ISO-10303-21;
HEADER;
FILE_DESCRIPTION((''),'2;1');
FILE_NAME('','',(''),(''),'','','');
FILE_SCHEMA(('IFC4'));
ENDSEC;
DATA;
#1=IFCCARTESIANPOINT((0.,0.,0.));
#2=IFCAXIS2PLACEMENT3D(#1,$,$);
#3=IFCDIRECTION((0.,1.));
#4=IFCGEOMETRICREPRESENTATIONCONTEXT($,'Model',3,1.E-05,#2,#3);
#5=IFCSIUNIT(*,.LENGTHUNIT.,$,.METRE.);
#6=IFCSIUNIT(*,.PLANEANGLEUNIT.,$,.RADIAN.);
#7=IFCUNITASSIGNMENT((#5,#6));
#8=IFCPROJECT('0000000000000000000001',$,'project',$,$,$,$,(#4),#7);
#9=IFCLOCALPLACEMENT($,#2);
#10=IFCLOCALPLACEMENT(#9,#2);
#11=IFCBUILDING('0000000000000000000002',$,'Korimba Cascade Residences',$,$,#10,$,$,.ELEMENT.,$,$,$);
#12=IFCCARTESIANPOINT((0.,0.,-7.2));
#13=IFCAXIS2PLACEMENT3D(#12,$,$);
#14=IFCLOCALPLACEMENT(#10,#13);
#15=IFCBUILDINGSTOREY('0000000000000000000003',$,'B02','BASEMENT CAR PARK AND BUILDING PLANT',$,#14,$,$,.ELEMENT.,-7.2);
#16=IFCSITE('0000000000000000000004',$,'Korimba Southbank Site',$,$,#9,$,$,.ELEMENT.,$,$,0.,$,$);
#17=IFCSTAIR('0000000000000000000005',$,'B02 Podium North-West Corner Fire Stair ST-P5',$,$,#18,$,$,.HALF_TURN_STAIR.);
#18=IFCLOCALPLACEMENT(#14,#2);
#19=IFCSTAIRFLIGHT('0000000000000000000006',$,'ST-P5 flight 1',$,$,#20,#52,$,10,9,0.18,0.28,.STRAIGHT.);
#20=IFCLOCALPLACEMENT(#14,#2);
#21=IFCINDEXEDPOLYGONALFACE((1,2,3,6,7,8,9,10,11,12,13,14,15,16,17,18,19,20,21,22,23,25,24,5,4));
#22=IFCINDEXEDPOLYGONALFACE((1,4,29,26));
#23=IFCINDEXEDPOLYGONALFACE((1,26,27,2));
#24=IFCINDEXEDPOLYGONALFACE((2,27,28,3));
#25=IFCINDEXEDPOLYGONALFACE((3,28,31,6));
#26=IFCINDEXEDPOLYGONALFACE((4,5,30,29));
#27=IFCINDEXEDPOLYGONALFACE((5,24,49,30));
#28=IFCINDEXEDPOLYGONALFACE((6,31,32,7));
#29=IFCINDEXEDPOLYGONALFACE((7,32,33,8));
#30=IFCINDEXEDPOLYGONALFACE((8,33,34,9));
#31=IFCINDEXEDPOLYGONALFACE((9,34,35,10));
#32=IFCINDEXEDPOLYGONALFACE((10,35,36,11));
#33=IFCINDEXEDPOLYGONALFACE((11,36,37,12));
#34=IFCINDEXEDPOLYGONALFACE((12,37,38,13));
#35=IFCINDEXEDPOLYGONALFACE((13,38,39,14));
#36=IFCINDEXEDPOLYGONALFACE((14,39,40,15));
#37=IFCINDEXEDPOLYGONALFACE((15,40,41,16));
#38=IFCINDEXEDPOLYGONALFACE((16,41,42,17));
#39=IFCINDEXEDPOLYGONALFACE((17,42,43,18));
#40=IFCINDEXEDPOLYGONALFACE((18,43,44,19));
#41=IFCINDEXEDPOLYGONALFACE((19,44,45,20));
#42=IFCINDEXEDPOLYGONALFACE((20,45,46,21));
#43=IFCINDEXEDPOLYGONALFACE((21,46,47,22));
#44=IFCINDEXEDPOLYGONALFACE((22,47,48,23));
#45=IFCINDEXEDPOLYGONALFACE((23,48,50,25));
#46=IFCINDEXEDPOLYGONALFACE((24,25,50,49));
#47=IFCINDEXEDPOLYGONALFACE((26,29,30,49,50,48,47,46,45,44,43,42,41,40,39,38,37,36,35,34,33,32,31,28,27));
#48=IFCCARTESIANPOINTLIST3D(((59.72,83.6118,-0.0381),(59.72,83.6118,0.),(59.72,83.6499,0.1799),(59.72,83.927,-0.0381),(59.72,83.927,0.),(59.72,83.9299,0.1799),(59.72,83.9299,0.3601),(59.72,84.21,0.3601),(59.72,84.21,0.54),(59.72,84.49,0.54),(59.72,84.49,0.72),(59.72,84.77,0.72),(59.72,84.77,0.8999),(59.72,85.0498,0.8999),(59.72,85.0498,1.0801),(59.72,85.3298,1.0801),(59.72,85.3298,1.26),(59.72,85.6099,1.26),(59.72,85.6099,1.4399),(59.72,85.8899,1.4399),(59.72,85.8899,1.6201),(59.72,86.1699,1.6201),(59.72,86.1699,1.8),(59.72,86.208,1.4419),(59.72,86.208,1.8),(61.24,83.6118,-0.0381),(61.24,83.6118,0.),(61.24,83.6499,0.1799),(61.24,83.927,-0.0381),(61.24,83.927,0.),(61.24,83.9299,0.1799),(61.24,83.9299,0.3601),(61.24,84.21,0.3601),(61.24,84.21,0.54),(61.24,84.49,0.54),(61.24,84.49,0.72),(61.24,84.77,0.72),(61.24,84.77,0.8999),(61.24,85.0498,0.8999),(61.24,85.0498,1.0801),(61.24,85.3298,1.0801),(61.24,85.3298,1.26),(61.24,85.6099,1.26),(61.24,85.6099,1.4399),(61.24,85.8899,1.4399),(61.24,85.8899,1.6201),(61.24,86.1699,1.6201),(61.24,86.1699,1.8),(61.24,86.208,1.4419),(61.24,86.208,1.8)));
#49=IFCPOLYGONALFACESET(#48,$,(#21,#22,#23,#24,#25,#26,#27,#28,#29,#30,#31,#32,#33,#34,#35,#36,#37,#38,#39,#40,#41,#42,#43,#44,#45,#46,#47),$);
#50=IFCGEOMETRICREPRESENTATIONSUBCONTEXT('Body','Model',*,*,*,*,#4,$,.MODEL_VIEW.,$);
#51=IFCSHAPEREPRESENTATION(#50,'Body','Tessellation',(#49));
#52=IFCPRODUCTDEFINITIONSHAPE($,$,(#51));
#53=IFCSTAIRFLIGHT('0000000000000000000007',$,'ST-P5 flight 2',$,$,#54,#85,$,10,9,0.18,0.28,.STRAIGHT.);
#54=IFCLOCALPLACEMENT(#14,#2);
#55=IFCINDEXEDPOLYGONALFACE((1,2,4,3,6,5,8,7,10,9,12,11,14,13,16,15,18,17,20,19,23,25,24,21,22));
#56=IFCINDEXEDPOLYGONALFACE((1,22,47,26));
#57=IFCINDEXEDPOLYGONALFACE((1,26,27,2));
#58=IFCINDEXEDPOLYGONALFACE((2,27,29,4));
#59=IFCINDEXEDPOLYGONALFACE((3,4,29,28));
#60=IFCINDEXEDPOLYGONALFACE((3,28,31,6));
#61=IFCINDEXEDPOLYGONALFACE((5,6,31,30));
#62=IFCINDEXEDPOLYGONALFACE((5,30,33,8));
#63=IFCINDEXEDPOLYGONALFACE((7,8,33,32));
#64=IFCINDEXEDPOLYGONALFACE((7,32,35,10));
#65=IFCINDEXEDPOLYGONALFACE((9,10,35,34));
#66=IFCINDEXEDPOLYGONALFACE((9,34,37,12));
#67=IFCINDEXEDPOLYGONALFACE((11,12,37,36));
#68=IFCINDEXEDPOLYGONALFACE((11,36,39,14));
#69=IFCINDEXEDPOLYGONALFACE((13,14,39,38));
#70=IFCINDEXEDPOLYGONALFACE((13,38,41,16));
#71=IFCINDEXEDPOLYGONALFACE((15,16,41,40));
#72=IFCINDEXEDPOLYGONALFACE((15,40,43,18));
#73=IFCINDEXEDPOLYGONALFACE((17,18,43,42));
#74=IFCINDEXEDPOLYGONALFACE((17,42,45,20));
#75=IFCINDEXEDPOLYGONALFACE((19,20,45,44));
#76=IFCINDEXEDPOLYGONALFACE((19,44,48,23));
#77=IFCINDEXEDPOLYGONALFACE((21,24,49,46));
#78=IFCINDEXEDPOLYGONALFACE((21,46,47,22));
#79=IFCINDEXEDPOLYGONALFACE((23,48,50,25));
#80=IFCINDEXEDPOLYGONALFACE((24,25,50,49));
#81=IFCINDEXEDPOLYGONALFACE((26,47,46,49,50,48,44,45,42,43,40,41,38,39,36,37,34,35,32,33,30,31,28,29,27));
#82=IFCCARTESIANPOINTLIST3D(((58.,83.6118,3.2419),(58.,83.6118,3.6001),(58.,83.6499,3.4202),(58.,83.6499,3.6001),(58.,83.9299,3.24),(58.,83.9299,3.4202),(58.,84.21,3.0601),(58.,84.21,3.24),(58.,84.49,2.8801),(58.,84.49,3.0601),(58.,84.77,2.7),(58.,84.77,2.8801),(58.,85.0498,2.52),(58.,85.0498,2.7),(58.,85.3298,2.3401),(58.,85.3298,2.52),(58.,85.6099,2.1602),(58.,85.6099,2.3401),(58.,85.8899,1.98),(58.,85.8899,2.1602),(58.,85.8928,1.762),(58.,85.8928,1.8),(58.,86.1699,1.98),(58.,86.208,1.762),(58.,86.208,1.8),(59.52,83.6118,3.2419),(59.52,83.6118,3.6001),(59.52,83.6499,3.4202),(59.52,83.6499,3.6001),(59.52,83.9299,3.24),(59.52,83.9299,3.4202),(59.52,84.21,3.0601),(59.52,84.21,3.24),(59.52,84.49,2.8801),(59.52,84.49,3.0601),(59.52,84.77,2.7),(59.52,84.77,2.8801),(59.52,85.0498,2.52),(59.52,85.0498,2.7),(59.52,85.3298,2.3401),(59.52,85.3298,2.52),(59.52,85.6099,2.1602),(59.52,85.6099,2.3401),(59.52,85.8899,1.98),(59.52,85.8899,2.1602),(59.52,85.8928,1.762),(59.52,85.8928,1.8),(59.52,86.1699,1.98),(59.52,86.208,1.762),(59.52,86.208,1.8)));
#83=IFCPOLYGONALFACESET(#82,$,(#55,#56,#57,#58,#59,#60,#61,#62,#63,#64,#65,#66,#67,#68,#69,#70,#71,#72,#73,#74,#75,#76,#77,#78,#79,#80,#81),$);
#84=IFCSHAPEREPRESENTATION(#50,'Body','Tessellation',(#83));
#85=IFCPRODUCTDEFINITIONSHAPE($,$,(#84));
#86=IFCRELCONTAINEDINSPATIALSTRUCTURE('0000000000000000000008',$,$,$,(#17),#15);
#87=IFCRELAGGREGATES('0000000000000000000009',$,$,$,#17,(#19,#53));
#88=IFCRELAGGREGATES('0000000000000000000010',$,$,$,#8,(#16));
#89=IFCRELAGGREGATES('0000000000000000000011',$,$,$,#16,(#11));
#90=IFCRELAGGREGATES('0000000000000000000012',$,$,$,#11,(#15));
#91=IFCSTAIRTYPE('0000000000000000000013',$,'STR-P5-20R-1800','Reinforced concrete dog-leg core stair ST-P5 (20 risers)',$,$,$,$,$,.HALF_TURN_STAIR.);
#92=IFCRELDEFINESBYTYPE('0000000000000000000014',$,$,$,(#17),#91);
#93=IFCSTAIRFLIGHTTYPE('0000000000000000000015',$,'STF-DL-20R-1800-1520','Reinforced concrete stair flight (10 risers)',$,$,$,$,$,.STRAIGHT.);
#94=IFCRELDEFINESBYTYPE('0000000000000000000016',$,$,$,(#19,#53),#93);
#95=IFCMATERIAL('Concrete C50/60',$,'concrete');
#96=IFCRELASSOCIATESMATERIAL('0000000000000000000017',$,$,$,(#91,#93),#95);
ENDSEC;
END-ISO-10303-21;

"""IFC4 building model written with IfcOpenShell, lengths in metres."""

from ifc_helpers import new_model, si_unit, direction, frame, origin, place, context, subcontext, project, spatial, polyline, outline, extrude, material, type_object, element, aggregate, save


model = new_model("IFC4")

# Units and contexts
model_context = context("Model", 3, precision=1e-05, world=origin(), true_north=direction((0.0, 1.0)))
body_context = subcontext(model_context, "Body", "Model", "MODEL_VIEW")
ifc_project = project(units=[si_unit("LENGTHUNIT", "METRE"), si_unit("PLANEANGLEUNIT", "RADIAN")], contexts=[model_context])

# Site, building, storey
site_placement = place(None, origin())
site = spatial("IfcSite", under=ifc_project, at=site_placement, Name="Korimba Southbank Site", CompositionType="ELEMENT", RefElevation=0.0)
building_placement = place(site_placement, origin())
building = spatial("IfcBuilding", under=site, at=building_placement, Name="Korimba Cascade Residences", CompositionType="ELEMENT")
storey_placement = place(building_placement, frame((0.0, 0.0, -7.2)))
storey = spatial("IfcBuildingStorey", under=building, at=storey_placement, Name="B02", Description="BASEMENT CAR PARK AND BUILDING PLANT", CompositionType="ELEMENT", Elevation=-7.2)

# Shared definitions
ifc_material_1 = material(Name="Concrete C50/60", Category="concrete")

# Stair, stair flights
stair_type = type_object("IfcStairType", Name="STR-P5-20R-1800", Description="Reinforced concrete dog-leg core stair ST-P5 (20 risers)", PredefinedType="HALF_TURN_STAIR", material=ifc_material_1)
stair_placement = place(storey_placement, origin())
stair = element("IfcStair", 1, at=stair_placement, inside=storey, type_object=stair_type, Name="B02 Podium North-West Corner Fire Stair ST-P5", PredefinedType="HALF_TURN_STAIR")
stair_flight_type = type_object("IfcStairFlightType", Name="STF-DL-20R-1800-1520", Description="Reinforced concrete stair flight (10 risers)", PredefinedType="STRAIGHT", material=ifc_material_1)
stair_flight_1_placement = place(storey_placement, frame((60.48, 83.6499, 0.0), z_axis=(0.0, 0.0, 1.0), x_axis=(0.0, 1.0, 0.0)))
stair_flight_1 = element("IfcStairFlight", 2, at=stair_flight_1_placement, type_object=stair_flight_type, Name="ST-P5 flight 1", NumberOfRisers=10, NumberOfTreads=9, PredefinedType="STRAIGHT", RiserHeight=0.18, TreadLength=0.28, context=body_context, shape_type="SweptSolid", body=[
    extrude(outline(polyline([(-0.0381, 0.0), (0.0, 0.1799), (0.28, 0.1799), (0.28, 0.3601), (0.5601, 0.3601), (0.5601, 0.54), (0.8401, 0.54), (0.8401, 0.72), (1.1201, 0.72), (1.1201, 0.8999), (1.3999, 0.8999), (1.3999, 1.0801), (1.6799, 1.0801), (1.6799, 1.26), (1.96, 1.26), (1.96, 1.4399), (2.24, 1.4399), (2.24, 1.6201), (2.52, 1.6201), (2.52, 1.8), (2.5581, 1.8), (2.5581, 1.4419), (0.2771, 0.0), (0.2771, -0.0381), (-0.0381, -0.0381), (-0.0381, 0.0)])), frame((0.0, 0.76, 0.0), z_axis=(0.0, -1.0, 0.0), x_axis=(1.0, 0.0, 0.0)), (0.0, 0.0, 1.0), 1.52),
])
stair_flight_2_placement = place(storey_placement, frame((58.76, 86.1699, 1.8), z_axis=(0.0, 0.0, 1.0), x_axis=(0.0, -1.0, 0.0)))
stair_flight_2 = element("IfcStairFlight", 3, at=stair_flight_2_placement, type_object=stair_flight_type, Name="ST-P5 flight 2", NumberOfRisers=10, NumberOfTreads=9, PredefinedType="STRAIGHT", RiserHeight=0.18, TreadLength=0.28, context=body_context, shape_type="SweptSolid", body=[
    extrude(outline(polyline([(-0.0381, 0.0), (0.0, 0.1799), (0.28, 0.1799), (0.28, 0.3601), (0.5601, 0.3601), (0.5601, 0.54), (0.8401, 0.54), (0.8401, 0.72), (1.1201, 0.72), (1.1201, 0.8999), (1.3999, 0.8999), (1.3999, 1.0801), (1.6799, 1.0801), (1.6799, 1.26), (1.96, 1.26), (1.96, 1.4399), (2.24, 1.4399), (2.24, 1.6201), (2.52, 1.6201), (2.52, 1.8), (2.5581, 1.8), (2.5581, 1.4419), (0.2771, 0.0), (0.2771, -0.0381), (-0.0381, -0.0381), (-0.0381, 0.0)])), frame((0.0, 0.76, 0.0), z_axis=(0.0, -1.0, 0.0), x_axis=(1.0, 0.0, 0.0)), (0.0, 0.0, 1.0), 1.52),
])
aggregate(stair, [stair_flight_1, stair_flight_2])

save(model, "model.ifc")
